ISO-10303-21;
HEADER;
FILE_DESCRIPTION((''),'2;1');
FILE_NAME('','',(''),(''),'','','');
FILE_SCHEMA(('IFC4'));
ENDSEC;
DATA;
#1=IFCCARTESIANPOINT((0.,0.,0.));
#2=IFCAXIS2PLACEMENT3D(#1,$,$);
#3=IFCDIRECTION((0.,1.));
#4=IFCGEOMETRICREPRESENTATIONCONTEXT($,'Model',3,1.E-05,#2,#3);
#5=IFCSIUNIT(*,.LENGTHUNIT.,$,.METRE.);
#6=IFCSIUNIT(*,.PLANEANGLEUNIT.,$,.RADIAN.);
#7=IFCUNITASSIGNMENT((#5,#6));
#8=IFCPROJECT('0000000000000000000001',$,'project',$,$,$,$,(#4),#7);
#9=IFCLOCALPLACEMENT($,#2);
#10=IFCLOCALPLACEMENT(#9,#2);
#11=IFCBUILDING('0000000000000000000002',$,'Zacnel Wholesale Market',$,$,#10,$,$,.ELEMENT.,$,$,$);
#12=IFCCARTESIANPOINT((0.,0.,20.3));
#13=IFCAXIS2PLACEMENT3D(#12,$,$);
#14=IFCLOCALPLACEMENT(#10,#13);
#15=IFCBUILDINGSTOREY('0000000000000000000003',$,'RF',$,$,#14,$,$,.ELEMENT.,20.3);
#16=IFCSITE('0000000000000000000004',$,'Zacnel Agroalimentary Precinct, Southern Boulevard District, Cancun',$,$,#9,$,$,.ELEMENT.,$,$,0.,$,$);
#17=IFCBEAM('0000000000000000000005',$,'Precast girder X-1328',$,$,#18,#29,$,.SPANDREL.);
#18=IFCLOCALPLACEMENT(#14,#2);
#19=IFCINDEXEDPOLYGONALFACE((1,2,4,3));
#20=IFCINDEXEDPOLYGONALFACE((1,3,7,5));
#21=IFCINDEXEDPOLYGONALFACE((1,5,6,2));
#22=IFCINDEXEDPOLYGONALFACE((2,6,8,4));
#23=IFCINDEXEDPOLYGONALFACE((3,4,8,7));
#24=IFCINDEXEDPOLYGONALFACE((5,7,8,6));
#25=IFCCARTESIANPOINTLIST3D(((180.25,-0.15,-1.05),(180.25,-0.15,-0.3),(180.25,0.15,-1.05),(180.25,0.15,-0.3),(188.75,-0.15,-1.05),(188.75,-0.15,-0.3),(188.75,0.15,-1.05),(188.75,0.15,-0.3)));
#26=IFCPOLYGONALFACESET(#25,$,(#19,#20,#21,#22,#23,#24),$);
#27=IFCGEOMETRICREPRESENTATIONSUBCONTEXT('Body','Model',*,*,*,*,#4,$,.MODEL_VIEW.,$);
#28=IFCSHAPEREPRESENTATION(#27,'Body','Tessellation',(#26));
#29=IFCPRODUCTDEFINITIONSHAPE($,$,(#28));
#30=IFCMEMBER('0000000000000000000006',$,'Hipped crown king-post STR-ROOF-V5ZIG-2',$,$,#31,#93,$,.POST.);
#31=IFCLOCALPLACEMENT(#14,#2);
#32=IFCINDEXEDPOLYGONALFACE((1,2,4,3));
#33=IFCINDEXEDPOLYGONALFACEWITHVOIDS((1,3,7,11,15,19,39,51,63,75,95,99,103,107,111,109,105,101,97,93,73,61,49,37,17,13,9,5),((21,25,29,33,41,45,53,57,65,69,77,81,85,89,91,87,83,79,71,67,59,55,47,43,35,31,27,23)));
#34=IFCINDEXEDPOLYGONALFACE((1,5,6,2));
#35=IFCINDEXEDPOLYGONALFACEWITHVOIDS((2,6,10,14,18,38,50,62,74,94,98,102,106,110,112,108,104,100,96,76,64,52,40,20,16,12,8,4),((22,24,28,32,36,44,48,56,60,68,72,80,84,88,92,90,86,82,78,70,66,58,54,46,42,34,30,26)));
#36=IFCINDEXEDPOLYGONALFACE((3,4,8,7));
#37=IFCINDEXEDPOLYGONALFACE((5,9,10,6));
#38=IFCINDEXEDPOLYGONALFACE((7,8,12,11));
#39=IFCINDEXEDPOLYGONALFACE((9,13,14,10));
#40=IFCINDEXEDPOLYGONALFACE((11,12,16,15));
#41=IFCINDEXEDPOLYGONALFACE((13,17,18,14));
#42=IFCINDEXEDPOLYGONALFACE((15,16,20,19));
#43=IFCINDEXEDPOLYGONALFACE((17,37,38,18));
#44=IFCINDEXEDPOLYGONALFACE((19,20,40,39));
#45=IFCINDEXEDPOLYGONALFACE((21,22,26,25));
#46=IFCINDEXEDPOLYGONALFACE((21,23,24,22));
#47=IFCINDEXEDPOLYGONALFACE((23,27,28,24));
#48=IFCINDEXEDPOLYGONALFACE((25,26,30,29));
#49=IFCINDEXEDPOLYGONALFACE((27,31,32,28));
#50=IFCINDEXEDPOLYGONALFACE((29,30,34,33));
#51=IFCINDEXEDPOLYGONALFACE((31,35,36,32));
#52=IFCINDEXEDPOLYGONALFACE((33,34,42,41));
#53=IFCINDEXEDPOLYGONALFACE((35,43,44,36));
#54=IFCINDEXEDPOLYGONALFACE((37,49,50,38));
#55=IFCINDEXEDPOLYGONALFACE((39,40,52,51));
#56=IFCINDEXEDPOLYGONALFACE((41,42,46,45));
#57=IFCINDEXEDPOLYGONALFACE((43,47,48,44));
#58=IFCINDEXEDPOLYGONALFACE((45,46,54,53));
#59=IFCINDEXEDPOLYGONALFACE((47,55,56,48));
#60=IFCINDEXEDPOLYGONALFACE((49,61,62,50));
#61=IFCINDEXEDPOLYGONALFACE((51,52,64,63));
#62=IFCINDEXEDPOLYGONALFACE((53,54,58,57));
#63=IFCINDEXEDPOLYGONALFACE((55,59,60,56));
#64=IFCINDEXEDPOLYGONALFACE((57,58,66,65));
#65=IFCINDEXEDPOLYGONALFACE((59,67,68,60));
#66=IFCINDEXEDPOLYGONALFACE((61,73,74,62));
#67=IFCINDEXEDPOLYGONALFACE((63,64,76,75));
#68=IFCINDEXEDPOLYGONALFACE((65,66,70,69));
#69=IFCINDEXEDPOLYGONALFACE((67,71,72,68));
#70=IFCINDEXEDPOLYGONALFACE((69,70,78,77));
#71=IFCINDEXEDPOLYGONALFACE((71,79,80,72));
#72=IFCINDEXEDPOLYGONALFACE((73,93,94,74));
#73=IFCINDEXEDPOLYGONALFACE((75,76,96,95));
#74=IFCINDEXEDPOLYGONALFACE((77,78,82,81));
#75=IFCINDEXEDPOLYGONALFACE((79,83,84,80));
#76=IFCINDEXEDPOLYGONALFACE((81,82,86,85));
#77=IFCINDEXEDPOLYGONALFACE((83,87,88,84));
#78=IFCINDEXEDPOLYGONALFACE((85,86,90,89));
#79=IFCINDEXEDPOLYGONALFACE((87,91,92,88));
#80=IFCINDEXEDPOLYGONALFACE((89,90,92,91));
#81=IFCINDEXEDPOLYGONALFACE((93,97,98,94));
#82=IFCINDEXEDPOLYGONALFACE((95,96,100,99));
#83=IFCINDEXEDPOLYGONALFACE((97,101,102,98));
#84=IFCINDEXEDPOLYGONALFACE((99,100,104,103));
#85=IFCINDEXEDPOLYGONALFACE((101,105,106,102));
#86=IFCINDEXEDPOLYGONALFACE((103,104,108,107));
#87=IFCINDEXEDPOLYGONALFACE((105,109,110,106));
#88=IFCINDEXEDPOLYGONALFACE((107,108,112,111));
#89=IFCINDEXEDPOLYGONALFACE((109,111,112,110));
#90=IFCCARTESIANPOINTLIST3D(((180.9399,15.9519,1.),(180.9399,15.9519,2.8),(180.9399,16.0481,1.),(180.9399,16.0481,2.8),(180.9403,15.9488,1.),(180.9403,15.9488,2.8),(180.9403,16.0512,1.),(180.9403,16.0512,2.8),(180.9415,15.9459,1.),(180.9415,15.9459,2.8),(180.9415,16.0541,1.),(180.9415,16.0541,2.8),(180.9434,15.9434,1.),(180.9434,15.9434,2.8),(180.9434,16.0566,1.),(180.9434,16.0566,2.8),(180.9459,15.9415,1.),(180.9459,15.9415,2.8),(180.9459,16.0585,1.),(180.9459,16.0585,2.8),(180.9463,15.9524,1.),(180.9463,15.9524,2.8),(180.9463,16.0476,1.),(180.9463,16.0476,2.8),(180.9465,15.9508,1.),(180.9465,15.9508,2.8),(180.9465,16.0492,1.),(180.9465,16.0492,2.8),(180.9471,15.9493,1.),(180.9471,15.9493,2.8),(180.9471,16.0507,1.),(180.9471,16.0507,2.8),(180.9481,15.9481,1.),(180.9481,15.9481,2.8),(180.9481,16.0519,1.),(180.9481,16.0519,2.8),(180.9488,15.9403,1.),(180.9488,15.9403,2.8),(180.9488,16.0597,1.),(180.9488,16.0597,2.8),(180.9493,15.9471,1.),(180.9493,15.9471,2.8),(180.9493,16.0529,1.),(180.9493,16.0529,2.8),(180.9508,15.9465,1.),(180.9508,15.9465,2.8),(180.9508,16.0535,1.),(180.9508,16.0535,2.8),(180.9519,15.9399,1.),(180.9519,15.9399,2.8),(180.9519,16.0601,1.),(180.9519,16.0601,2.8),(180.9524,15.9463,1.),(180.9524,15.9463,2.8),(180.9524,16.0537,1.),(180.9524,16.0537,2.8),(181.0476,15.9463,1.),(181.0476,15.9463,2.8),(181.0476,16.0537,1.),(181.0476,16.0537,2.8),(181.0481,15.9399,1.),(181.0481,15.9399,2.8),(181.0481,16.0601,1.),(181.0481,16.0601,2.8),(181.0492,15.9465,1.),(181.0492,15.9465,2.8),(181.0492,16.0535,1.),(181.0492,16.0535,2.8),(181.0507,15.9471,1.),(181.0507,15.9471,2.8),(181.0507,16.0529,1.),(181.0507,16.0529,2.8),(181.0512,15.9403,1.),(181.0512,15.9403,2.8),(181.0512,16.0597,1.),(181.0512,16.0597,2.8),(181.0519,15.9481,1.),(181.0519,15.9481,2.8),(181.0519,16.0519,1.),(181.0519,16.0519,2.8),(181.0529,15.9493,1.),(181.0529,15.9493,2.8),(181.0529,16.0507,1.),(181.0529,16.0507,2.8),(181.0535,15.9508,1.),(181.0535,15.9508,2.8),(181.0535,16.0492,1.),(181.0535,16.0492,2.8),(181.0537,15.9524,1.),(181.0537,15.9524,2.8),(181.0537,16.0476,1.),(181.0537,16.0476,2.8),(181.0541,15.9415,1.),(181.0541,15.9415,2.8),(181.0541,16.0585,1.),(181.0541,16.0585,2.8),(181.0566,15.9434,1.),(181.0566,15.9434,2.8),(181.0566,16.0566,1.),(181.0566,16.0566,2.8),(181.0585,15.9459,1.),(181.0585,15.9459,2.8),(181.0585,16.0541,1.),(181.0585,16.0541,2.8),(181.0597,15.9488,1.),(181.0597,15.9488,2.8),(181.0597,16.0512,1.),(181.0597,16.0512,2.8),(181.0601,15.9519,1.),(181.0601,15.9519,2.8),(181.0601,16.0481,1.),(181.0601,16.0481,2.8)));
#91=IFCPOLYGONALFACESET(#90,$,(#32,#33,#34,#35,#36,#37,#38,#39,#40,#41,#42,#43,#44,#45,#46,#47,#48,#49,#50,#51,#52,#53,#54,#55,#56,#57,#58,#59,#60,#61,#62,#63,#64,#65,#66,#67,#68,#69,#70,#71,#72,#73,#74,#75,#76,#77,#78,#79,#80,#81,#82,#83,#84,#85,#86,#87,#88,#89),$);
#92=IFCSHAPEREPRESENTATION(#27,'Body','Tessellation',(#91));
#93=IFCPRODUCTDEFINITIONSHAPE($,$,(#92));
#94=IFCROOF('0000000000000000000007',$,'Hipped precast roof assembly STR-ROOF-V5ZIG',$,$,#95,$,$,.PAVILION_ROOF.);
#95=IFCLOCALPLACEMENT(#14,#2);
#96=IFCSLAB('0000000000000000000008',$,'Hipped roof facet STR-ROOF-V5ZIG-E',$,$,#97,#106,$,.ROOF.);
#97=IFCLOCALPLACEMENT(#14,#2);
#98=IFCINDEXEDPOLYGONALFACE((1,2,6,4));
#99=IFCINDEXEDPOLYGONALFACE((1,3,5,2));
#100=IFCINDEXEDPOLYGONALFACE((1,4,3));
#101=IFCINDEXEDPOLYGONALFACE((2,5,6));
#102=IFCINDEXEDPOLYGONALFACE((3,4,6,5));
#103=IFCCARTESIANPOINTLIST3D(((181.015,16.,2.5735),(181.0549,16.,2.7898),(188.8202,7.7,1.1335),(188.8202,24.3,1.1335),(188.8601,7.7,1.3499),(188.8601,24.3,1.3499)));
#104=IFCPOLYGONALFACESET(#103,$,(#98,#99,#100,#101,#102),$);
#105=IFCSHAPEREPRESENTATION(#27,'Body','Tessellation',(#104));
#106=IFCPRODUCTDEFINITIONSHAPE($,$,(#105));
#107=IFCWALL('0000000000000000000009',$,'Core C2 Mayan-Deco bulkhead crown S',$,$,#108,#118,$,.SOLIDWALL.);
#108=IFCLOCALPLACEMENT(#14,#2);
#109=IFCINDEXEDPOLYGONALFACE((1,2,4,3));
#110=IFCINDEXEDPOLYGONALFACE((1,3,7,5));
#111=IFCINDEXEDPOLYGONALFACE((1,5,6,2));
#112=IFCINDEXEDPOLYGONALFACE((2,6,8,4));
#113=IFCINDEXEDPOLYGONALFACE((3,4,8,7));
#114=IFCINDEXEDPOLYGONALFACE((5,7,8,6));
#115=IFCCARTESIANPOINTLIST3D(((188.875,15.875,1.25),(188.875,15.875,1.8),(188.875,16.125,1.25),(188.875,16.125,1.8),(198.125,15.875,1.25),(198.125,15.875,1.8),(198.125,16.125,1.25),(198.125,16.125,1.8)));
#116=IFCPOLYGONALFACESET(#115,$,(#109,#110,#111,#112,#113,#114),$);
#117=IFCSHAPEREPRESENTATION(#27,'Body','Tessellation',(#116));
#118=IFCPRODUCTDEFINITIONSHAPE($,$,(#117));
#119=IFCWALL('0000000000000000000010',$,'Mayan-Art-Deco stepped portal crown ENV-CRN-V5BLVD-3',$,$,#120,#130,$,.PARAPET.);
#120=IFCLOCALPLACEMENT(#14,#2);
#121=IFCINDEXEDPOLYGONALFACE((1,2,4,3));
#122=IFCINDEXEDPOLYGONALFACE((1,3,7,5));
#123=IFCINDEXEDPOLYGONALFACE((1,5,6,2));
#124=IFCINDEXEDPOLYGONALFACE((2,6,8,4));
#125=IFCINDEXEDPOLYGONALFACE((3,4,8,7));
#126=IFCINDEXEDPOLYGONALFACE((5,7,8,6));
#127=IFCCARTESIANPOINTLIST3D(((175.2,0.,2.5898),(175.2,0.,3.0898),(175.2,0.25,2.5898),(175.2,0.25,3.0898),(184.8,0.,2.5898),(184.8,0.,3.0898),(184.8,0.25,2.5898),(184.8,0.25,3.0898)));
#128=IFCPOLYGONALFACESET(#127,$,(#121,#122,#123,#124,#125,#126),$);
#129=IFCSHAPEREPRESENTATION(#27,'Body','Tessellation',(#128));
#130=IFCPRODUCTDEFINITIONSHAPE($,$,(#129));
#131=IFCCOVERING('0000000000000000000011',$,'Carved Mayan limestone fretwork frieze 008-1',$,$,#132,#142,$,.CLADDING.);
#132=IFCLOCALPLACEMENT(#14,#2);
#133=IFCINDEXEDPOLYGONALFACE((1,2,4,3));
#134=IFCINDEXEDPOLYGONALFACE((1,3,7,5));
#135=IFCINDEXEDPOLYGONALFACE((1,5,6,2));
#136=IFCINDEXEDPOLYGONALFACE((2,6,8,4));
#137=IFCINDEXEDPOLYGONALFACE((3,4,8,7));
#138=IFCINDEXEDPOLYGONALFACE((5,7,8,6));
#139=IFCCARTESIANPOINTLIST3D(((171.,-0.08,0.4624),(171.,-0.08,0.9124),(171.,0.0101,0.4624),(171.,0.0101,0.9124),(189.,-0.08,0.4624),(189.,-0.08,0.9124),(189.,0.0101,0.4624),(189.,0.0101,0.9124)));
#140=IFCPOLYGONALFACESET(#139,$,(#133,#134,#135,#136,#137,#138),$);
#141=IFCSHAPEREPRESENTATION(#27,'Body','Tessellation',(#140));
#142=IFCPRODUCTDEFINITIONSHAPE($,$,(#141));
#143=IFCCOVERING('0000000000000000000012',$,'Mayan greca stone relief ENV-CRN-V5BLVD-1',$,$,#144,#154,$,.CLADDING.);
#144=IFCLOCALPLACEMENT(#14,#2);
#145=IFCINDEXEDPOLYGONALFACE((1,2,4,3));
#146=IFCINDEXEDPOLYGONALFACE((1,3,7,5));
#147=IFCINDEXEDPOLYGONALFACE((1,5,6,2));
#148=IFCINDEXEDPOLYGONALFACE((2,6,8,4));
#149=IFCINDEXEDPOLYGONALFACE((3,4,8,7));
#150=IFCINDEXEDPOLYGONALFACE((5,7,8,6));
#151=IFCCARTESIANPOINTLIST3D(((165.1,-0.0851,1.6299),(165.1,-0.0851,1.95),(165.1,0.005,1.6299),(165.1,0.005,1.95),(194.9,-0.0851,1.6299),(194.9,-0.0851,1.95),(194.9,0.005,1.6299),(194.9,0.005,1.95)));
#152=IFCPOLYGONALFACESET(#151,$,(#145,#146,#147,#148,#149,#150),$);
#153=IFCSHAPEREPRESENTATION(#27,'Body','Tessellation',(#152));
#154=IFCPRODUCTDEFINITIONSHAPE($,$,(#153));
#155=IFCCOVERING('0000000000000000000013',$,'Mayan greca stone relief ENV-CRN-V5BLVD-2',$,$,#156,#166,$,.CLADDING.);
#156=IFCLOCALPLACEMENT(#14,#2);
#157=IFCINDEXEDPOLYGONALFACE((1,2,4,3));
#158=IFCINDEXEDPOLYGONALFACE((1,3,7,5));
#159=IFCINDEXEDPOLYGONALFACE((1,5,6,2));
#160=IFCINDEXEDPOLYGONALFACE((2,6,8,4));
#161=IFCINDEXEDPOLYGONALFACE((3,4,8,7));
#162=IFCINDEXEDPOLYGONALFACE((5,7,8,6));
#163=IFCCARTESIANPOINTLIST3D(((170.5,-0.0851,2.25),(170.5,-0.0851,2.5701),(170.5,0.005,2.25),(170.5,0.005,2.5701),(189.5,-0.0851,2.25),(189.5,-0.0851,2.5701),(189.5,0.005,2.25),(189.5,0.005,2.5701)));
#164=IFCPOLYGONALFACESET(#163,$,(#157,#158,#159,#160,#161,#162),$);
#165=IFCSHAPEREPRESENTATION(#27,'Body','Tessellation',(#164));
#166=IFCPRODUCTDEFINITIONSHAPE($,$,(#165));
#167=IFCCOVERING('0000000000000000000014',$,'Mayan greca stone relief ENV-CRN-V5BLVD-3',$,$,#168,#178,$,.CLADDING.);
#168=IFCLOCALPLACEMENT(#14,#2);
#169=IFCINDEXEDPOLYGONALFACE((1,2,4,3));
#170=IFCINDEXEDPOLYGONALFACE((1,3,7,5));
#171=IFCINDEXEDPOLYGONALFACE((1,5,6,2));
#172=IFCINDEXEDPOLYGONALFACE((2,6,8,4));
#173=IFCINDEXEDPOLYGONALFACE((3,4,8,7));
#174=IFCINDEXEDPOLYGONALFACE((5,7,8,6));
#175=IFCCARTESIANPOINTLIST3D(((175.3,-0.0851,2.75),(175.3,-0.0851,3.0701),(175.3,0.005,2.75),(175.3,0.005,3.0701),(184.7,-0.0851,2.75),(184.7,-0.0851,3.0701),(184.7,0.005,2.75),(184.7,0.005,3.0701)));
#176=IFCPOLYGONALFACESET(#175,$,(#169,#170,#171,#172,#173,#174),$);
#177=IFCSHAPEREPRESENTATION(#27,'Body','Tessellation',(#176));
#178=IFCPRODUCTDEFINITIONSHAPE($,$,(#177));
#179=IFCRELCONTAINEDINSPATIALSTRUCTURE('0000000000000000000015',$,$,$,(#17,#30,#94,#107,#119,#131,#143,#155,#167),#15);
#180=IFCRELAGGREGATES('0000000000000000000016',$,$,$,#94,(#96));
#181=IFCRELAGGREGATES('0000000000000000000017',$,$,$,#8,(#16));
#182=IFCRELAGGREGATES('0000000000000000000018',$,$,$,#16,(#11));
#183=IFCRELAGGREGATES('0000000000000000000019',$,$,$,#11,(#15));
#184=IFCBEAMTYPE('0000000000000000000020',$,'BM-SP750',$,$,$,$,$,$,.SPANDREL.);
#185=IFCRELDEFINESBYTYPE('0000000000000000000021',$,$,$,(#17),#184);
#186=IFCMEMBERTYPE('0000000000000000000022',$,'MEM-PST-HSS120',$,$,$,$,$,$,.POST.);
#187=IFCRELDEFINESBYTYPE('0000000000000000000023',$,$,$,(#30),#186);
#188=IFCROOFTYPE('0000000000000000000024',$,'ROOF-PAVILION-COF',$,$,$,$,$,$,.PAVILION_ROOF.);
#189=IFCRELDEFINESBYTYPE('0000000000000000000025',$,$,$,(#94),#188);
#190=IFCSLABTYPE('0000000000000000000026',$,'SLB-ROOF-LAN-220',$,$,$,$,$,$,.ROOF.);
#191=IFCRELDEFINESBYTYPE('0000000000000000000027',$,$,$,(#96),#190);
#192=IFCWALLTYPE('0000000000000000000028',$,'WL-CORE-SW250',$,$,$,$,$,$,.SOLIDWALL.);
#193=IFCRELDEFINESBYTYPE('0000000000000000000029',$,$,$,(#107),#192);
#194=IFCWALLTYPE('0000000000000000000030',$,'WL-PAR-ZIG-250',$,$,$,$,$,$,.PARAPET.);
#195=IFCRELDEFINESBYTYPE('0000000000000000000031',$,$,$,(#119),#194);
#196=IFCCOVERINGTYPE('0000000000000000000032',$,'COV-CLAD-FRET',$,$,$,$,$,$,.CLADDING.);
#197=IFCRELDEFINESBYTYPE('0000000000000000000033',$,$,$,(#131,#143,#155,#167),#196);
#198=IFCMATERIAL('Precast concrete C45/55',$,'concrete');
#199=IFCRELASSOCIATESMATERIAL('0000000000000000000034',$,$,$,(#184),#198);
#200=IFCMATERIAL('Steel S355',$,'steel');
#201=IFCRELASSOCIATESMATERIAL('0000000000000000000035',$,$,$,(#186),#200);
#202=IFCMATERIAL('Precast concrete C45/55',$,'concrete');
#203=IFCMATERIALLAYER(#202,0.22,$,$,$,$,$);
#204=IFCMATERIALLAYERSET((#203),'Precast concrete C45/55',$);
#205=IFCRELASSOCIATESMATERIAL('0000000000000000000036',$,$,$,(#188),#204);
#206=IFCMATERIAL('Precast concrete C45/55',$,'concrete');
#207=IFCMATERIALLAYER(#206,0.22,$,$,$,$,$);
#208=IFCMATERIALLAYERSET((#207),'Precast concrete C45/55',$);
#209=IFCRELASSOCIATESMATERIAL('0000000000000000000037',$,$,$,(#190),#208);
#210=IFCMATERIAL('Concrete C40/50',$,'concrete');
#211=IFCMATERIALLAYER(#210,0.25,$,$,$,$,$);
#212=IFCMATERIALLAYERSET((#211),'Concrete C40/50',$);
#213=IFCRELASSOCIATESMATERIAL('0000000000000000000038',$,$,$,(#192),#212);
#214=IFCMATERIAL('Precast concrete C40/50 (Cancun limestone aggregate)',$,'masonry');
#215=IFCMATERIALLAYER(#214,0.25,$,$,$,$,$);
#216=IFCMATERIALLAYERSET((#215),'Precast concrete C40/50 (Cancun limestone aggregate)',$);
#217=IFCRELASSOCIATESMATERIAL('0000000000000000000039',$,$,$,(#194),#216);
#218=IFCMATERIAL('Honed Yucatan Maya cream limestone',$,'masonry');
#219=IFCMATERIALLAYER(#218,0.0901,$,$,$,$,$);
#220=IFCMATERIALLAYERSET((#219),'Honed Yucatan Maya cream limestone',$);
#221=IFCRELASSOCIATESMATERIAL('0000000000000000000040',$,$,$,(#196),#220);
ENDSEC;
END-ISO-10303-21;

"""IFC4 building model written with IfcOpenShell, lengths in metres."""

from ifc_helpers import new_model, si_unit, direction, frame, frame_2d, origin, origin_2d, place, context, subcontext, project, spatial, polyline, rectangle, hollow_rectangle, outline, extrude, material, layer, layer_set, material_profile, profile_set, type_object, element, aggregate, save


model = new_model("IFC4")

# Units and contexts
model_context = context("Model", 3, precision=1e-05, world=origin(), true_north=direction((0.0, 1.0)))
body_context = subcontext(model_context, "Body", "Model", "MODEL_VIEW")
ifc_project = project(units=[si_unit("LENGTHUNIT", "METRE"), si_unit("PLANEANGLEUNIT", "RADIAN")], contexts=[model_context])

# Site, building, storey
site_placement = place(None, origin())
site = spatial("IfcSite", under=ifc_project, at=site_placement, Name="Zacnel Agroalimentary Precinct, Southern Boulevard District, Cancun", CompositionType="ELEMENT", RefElevation=0.0)
building_placement = place(site_placement, origin())
building = spatial("IfcBuilding", under=site, at=building_placement, Name="Zacnel Wholesale Market", CompositionType="ELEMENT")
storey_placement = place(building_placement, frame((0.0, 0.0, 20.3)))
storey = spatial("IfcBuildingStorey", under=building, at=storey_placement, Name="RF", CompositionType="ELEMENT", Elevation=20.3)

# Beam
ifc_material_1 = material(Name="Precast concrete C45/55", Category="concrete")
ifc_material_profile_1 = material_profile(ifc_material_1, rectangle(XDim=0.3, YDim=0.75, at=origin_2d()), Name="SP 300x750")
ifc_profile_set_1 = profile_set([ifc_material_profile_1], Name="Precast concrete C45/55")
beam_type_1 = type_object("IfcBeamType", Name="BM-SP750", PredefinedType="SPANDREL", material=ifc_profile_set_1)
for number, where, z_axis, x_axis, name in (
    (1, (180.25, 0.0, -0.675), (1.0, 0.0, 0.0), (0.0, 1.0, 0.0), "Precast girder X-1328"),
):
    element("IfcBeam", number, at=place(storey_placement, frame(where, z_axis=z_axis, x_axis=x_axis)), inside=storey, type_object=beam_type_1, Name=name, PredefinedType="SPANDREL", context=body_context, shape_type="SweptSolid", body=[
        extrude(rectangle(XDim=0.3, YDim=0.75, at=origin_2d()), origin(), (0.0, 0.0, 1.0), 8.5),
    ])

# Member
ifc_material_2 = material(Name="Steel S355", Category="steel")
ifc_material_profile_2 = material_profile(ifc_material_2, hollow_rectangle(XDim=0.1201, YDim=0.1201, WallThickness=0.0063, InnerFilletRadius=0.0061, OuterFilletRadius=0.012, at=origin_2d()), Name="HSS 120x120x6.3")
ifc_profile_set_2 = profile_set([ifc_material_profile_2], Name="Steel S355")
member_type = type_object("IfcMemberType", Name="MEM-PST-HSS120", PredefinedType="POST", material=ifc_profile_set_2)
member_placement = place(storey_placement, frame((181.0, 16.0, 1.0), z_axis=(0.0, 0.0, 1.0), x_axis=(1.0, 0.0, 0.0)))
element("IfcMember", 2, at=member_placement, inside=storey, type_object=member_type, Name="Hipped crown king-post STR-ROOF-V5ZIG-2", PredefinedType="POST", context=body_context, shape_type="SweptSolid", body=[
    extrude(hollow_rectangle(XDim=0.1201, YDim=0.1201, WallThickness=0.0063, InnerFilletRadius=0.0061, OuterFilletRadius=0.012, at=origin_2d()), origin(), (0.0, 0.0, 1.0), 1.8),
])

# Roof, slab
ifc_material_3 = material(Name="Precast concrete C45/55", Category="concrete")
ifc_layer_1 = layer(ifc_material_3, 0.22)
ifc_layer_set_1 = layer_set([ifc_layer_1], Name="Precast concrete C45/55")
roof_type = type_object("IfcRoofType", Name="ROOF-PAVILION-COF", PredefinedType="PAVILION_ROOF", material=ifc_layer_set_1)
roof_placement = place(storey_placement, origin())
roof = element("IfcRoof", 3, at=roof_placement, inside=storey, type_object=roof_type, Name="Hipped precast roof assembly STR-ROOF-V5ZIG", PredefinedType="PAVILION_ROOF")
ifc_material_4 = material(Name="Precast concrete C45/55", Category="concrete")
ifc_layer_2 = layer(ifc_material_4, 0.22)
ifc_layer_set_2 = layer_set([ifc_layer_2], Name="Precast concrete C45/55")
slab_type = type_object("IfcSlabType", Name="SLB-ROOF-LAN-220", PredefinedType="ROOF", material=ifc_layer_set_2)
slab_placement = place(storey_placement, frame((188.8601, 7.7, 1.3499), z_axis=(0.181424, 0.0, 0.983405), x_axis=(0.0, 1.0, 0.0)))
slab = element("IfcSlab", 4, at=slab_placement, type_object=slab_type, Name="Hipped roof facet STR-ROOF-V5ZIG-E", PredefinedType="ROOF", context=body_context, shape_type="SweptSolid", body=[
    extrude(outline(polyline([(0.0, 0.0), (16.6001, 0.0), (8.3, 7.9369), (0.0, 0.0)])), origin(), (0.0, 0.0, -1.0), 0.22),
])
aggregate(roof, [slab])

# Walls
ifc_material_5 = material(Name="Concrete C40/50", Category="concrete")
ifc_layer_3 = layer(ifc_material_5, 0.25)
ifc_layer_set_3 = layer_set([ifc_layer_3], Name="Concrete C40/50")
wall_type_1 = type_object("IfcWallType", Name="WL-CORE-SW250", PredefinedType="SOLIDWALL", material=ifc_layer_set_3)
wall_1_placement = place(storey_placement, frame((188.875, 16.0, 1.25), z_axis=(0.0, 0.0, 1.0), x_axis=(1.0, 0.0, 0.0)))
element("IfcWall", 5, at=wall_1_placement, inside=storey, type_object=wall_type_1, Name="Core C2 Mayan-Deco bulkhead crown S", PredefinedType="SOLIDWALL", context=body_context, shape_type="SweptSolid", body=[
    extrude(rectangle(XDim=9.25, YDim=0.25, at=frame_2d((4.625, 0.0))), origin(), (0.0, 0.0, 1.0), 0.55),
])
ifc_material_6 = material(Name="Precast concrete C40/50 (Cancun limestone aggregate)", Category="masonry")
ifc_layer_4 = layer(ifc_material_6, 0.25)
ifc_layer_set_4 = layer_set([ifc_layer_4], Name="Precast concrete C40/50 (Cancun limestone aggregate)")
wall_type_2 = type_object("IfcWallType", Name="WL-PAR-ZIG-250", PredefinedType="PARAPET", material=ifc_layer_set_4)
wall_2_placement = place(storey_placement, frame((175.2, 0.125, 2.5898), z_axis=(0.0, 0.0, 1.0), x_axis=(1.0, 0.0, 0.0)))
element("IfcWall", 6, at=wall_2_placement, inside=storey, type_object=wall_type_2, Name="Mayan-Art-Deco stepped portal crown ENV-CRN-V5BLVD-3", PredefinedType="PARAPET", context=body_context, shape_type="SweptSolid", body=[
    extrude(rectangle(XDim=9.6001, YDim=0.25, at=frame_2d((4.8, 0.0))), origin(), (0.0, 0.0, 1.0), 0.5),
])

# Coverings
ifc_material_7 = material(Name="Honed Yucatan Maya cream limestone", Category="masonry")
ifc_layer_5 = layer(ifc_material_7, 0.0901)
ifc_layer_set_5 = layer_set([ifc_layer_5], Name="Honed Yucatan Maya cream limestone")
covering_type = type_object("IfcCoveringType", Name="COV-CLAD-FRET", PredefinedType="CLADDING", material=ifc_layer_set_5)
covering_1_placement = place(storey_placement, frame((180.0, -0.0349, 0.4624), z_axis=(0.0, 0.0, 1.0), x_axis=(1.0, 0.0, 0.0)))
element("IfcCovering", 7, at=covering_1_placement, inside=storey, type_object=covering_type, Name="Carved Mayan limestone fretwork frieze 008-1", PredefinedType="CLADDING", context=body_context, shape_type="SweptSolid", body=[
    extrude(rectangle(XDim=18.0, YDim=0.0901, at=origin_2d()), origin(), (0.0, 0.0, 1.0), 0.45),
])
covering_2_placement = place(storey_placement, frame((180.0, -0.04, 1.6299), z_axis=(0.0, 0.0, 1.0), x_axis=(1.0, 0.0, 0.0)))
element("IfcCovering", 8, at=covering_2_placement, inside=storey, type_object=covering_type, Name="Mayan greca stone relief ENV-CRN-V5BLVD-1", PredefinedType="CLADDING", context=body_context, shape_type="SweptSolid", body=[
    extrude(rectangle(XDim=29.8, YDim=0.0901, at=origin_2d()), origin(), (0.0, 0.0, 1.0), 0.3201),
])
covering_3_placement = place(storey_placement, frame((180.0, -0.04, 2.25), z_axis=(0.0, 0.0, 1.0), x_axis=(1.0, 0.0, 0.0)))
element("IfcCovering", 9, at=covering_3_placement, inside=storey, type_object=covering_type, Name="Mayan greca stone relief ENV-CRN-V5BLVD-2", PredefinedType="CLADDING", context=body_context, shape_type="SweptSolid", body=[
    extrude(rectangle(XDim=19.0, YDim=0.0901, at=origin_2d()), origin(), (0.0, 0.0, 1.0), 0.3201),
])
covering_4_placement = place(storey_placement, frame((180.0, -0.04, 2.75), z_axis=(0.0, 0.0, 1.0), x_axis=(1.0, 0.0, 0.0)))
element("IfcCovering", 10, at=covering_4_placement, inside=storey, type_object=covering_type, Name="Mayan greca stone relief ENV-CRN-V5BLVD-3", PredefinedType="CLADDING", context=body_context, shape_type="SweptSolid", body=[
    extrude(rectangle(XDim=9.3999, YDim=0.0901, at=origin_2d()), origin(), (0.0, 0.0, 1.0), 0.3201),
])

save(model, "model.ifc")
